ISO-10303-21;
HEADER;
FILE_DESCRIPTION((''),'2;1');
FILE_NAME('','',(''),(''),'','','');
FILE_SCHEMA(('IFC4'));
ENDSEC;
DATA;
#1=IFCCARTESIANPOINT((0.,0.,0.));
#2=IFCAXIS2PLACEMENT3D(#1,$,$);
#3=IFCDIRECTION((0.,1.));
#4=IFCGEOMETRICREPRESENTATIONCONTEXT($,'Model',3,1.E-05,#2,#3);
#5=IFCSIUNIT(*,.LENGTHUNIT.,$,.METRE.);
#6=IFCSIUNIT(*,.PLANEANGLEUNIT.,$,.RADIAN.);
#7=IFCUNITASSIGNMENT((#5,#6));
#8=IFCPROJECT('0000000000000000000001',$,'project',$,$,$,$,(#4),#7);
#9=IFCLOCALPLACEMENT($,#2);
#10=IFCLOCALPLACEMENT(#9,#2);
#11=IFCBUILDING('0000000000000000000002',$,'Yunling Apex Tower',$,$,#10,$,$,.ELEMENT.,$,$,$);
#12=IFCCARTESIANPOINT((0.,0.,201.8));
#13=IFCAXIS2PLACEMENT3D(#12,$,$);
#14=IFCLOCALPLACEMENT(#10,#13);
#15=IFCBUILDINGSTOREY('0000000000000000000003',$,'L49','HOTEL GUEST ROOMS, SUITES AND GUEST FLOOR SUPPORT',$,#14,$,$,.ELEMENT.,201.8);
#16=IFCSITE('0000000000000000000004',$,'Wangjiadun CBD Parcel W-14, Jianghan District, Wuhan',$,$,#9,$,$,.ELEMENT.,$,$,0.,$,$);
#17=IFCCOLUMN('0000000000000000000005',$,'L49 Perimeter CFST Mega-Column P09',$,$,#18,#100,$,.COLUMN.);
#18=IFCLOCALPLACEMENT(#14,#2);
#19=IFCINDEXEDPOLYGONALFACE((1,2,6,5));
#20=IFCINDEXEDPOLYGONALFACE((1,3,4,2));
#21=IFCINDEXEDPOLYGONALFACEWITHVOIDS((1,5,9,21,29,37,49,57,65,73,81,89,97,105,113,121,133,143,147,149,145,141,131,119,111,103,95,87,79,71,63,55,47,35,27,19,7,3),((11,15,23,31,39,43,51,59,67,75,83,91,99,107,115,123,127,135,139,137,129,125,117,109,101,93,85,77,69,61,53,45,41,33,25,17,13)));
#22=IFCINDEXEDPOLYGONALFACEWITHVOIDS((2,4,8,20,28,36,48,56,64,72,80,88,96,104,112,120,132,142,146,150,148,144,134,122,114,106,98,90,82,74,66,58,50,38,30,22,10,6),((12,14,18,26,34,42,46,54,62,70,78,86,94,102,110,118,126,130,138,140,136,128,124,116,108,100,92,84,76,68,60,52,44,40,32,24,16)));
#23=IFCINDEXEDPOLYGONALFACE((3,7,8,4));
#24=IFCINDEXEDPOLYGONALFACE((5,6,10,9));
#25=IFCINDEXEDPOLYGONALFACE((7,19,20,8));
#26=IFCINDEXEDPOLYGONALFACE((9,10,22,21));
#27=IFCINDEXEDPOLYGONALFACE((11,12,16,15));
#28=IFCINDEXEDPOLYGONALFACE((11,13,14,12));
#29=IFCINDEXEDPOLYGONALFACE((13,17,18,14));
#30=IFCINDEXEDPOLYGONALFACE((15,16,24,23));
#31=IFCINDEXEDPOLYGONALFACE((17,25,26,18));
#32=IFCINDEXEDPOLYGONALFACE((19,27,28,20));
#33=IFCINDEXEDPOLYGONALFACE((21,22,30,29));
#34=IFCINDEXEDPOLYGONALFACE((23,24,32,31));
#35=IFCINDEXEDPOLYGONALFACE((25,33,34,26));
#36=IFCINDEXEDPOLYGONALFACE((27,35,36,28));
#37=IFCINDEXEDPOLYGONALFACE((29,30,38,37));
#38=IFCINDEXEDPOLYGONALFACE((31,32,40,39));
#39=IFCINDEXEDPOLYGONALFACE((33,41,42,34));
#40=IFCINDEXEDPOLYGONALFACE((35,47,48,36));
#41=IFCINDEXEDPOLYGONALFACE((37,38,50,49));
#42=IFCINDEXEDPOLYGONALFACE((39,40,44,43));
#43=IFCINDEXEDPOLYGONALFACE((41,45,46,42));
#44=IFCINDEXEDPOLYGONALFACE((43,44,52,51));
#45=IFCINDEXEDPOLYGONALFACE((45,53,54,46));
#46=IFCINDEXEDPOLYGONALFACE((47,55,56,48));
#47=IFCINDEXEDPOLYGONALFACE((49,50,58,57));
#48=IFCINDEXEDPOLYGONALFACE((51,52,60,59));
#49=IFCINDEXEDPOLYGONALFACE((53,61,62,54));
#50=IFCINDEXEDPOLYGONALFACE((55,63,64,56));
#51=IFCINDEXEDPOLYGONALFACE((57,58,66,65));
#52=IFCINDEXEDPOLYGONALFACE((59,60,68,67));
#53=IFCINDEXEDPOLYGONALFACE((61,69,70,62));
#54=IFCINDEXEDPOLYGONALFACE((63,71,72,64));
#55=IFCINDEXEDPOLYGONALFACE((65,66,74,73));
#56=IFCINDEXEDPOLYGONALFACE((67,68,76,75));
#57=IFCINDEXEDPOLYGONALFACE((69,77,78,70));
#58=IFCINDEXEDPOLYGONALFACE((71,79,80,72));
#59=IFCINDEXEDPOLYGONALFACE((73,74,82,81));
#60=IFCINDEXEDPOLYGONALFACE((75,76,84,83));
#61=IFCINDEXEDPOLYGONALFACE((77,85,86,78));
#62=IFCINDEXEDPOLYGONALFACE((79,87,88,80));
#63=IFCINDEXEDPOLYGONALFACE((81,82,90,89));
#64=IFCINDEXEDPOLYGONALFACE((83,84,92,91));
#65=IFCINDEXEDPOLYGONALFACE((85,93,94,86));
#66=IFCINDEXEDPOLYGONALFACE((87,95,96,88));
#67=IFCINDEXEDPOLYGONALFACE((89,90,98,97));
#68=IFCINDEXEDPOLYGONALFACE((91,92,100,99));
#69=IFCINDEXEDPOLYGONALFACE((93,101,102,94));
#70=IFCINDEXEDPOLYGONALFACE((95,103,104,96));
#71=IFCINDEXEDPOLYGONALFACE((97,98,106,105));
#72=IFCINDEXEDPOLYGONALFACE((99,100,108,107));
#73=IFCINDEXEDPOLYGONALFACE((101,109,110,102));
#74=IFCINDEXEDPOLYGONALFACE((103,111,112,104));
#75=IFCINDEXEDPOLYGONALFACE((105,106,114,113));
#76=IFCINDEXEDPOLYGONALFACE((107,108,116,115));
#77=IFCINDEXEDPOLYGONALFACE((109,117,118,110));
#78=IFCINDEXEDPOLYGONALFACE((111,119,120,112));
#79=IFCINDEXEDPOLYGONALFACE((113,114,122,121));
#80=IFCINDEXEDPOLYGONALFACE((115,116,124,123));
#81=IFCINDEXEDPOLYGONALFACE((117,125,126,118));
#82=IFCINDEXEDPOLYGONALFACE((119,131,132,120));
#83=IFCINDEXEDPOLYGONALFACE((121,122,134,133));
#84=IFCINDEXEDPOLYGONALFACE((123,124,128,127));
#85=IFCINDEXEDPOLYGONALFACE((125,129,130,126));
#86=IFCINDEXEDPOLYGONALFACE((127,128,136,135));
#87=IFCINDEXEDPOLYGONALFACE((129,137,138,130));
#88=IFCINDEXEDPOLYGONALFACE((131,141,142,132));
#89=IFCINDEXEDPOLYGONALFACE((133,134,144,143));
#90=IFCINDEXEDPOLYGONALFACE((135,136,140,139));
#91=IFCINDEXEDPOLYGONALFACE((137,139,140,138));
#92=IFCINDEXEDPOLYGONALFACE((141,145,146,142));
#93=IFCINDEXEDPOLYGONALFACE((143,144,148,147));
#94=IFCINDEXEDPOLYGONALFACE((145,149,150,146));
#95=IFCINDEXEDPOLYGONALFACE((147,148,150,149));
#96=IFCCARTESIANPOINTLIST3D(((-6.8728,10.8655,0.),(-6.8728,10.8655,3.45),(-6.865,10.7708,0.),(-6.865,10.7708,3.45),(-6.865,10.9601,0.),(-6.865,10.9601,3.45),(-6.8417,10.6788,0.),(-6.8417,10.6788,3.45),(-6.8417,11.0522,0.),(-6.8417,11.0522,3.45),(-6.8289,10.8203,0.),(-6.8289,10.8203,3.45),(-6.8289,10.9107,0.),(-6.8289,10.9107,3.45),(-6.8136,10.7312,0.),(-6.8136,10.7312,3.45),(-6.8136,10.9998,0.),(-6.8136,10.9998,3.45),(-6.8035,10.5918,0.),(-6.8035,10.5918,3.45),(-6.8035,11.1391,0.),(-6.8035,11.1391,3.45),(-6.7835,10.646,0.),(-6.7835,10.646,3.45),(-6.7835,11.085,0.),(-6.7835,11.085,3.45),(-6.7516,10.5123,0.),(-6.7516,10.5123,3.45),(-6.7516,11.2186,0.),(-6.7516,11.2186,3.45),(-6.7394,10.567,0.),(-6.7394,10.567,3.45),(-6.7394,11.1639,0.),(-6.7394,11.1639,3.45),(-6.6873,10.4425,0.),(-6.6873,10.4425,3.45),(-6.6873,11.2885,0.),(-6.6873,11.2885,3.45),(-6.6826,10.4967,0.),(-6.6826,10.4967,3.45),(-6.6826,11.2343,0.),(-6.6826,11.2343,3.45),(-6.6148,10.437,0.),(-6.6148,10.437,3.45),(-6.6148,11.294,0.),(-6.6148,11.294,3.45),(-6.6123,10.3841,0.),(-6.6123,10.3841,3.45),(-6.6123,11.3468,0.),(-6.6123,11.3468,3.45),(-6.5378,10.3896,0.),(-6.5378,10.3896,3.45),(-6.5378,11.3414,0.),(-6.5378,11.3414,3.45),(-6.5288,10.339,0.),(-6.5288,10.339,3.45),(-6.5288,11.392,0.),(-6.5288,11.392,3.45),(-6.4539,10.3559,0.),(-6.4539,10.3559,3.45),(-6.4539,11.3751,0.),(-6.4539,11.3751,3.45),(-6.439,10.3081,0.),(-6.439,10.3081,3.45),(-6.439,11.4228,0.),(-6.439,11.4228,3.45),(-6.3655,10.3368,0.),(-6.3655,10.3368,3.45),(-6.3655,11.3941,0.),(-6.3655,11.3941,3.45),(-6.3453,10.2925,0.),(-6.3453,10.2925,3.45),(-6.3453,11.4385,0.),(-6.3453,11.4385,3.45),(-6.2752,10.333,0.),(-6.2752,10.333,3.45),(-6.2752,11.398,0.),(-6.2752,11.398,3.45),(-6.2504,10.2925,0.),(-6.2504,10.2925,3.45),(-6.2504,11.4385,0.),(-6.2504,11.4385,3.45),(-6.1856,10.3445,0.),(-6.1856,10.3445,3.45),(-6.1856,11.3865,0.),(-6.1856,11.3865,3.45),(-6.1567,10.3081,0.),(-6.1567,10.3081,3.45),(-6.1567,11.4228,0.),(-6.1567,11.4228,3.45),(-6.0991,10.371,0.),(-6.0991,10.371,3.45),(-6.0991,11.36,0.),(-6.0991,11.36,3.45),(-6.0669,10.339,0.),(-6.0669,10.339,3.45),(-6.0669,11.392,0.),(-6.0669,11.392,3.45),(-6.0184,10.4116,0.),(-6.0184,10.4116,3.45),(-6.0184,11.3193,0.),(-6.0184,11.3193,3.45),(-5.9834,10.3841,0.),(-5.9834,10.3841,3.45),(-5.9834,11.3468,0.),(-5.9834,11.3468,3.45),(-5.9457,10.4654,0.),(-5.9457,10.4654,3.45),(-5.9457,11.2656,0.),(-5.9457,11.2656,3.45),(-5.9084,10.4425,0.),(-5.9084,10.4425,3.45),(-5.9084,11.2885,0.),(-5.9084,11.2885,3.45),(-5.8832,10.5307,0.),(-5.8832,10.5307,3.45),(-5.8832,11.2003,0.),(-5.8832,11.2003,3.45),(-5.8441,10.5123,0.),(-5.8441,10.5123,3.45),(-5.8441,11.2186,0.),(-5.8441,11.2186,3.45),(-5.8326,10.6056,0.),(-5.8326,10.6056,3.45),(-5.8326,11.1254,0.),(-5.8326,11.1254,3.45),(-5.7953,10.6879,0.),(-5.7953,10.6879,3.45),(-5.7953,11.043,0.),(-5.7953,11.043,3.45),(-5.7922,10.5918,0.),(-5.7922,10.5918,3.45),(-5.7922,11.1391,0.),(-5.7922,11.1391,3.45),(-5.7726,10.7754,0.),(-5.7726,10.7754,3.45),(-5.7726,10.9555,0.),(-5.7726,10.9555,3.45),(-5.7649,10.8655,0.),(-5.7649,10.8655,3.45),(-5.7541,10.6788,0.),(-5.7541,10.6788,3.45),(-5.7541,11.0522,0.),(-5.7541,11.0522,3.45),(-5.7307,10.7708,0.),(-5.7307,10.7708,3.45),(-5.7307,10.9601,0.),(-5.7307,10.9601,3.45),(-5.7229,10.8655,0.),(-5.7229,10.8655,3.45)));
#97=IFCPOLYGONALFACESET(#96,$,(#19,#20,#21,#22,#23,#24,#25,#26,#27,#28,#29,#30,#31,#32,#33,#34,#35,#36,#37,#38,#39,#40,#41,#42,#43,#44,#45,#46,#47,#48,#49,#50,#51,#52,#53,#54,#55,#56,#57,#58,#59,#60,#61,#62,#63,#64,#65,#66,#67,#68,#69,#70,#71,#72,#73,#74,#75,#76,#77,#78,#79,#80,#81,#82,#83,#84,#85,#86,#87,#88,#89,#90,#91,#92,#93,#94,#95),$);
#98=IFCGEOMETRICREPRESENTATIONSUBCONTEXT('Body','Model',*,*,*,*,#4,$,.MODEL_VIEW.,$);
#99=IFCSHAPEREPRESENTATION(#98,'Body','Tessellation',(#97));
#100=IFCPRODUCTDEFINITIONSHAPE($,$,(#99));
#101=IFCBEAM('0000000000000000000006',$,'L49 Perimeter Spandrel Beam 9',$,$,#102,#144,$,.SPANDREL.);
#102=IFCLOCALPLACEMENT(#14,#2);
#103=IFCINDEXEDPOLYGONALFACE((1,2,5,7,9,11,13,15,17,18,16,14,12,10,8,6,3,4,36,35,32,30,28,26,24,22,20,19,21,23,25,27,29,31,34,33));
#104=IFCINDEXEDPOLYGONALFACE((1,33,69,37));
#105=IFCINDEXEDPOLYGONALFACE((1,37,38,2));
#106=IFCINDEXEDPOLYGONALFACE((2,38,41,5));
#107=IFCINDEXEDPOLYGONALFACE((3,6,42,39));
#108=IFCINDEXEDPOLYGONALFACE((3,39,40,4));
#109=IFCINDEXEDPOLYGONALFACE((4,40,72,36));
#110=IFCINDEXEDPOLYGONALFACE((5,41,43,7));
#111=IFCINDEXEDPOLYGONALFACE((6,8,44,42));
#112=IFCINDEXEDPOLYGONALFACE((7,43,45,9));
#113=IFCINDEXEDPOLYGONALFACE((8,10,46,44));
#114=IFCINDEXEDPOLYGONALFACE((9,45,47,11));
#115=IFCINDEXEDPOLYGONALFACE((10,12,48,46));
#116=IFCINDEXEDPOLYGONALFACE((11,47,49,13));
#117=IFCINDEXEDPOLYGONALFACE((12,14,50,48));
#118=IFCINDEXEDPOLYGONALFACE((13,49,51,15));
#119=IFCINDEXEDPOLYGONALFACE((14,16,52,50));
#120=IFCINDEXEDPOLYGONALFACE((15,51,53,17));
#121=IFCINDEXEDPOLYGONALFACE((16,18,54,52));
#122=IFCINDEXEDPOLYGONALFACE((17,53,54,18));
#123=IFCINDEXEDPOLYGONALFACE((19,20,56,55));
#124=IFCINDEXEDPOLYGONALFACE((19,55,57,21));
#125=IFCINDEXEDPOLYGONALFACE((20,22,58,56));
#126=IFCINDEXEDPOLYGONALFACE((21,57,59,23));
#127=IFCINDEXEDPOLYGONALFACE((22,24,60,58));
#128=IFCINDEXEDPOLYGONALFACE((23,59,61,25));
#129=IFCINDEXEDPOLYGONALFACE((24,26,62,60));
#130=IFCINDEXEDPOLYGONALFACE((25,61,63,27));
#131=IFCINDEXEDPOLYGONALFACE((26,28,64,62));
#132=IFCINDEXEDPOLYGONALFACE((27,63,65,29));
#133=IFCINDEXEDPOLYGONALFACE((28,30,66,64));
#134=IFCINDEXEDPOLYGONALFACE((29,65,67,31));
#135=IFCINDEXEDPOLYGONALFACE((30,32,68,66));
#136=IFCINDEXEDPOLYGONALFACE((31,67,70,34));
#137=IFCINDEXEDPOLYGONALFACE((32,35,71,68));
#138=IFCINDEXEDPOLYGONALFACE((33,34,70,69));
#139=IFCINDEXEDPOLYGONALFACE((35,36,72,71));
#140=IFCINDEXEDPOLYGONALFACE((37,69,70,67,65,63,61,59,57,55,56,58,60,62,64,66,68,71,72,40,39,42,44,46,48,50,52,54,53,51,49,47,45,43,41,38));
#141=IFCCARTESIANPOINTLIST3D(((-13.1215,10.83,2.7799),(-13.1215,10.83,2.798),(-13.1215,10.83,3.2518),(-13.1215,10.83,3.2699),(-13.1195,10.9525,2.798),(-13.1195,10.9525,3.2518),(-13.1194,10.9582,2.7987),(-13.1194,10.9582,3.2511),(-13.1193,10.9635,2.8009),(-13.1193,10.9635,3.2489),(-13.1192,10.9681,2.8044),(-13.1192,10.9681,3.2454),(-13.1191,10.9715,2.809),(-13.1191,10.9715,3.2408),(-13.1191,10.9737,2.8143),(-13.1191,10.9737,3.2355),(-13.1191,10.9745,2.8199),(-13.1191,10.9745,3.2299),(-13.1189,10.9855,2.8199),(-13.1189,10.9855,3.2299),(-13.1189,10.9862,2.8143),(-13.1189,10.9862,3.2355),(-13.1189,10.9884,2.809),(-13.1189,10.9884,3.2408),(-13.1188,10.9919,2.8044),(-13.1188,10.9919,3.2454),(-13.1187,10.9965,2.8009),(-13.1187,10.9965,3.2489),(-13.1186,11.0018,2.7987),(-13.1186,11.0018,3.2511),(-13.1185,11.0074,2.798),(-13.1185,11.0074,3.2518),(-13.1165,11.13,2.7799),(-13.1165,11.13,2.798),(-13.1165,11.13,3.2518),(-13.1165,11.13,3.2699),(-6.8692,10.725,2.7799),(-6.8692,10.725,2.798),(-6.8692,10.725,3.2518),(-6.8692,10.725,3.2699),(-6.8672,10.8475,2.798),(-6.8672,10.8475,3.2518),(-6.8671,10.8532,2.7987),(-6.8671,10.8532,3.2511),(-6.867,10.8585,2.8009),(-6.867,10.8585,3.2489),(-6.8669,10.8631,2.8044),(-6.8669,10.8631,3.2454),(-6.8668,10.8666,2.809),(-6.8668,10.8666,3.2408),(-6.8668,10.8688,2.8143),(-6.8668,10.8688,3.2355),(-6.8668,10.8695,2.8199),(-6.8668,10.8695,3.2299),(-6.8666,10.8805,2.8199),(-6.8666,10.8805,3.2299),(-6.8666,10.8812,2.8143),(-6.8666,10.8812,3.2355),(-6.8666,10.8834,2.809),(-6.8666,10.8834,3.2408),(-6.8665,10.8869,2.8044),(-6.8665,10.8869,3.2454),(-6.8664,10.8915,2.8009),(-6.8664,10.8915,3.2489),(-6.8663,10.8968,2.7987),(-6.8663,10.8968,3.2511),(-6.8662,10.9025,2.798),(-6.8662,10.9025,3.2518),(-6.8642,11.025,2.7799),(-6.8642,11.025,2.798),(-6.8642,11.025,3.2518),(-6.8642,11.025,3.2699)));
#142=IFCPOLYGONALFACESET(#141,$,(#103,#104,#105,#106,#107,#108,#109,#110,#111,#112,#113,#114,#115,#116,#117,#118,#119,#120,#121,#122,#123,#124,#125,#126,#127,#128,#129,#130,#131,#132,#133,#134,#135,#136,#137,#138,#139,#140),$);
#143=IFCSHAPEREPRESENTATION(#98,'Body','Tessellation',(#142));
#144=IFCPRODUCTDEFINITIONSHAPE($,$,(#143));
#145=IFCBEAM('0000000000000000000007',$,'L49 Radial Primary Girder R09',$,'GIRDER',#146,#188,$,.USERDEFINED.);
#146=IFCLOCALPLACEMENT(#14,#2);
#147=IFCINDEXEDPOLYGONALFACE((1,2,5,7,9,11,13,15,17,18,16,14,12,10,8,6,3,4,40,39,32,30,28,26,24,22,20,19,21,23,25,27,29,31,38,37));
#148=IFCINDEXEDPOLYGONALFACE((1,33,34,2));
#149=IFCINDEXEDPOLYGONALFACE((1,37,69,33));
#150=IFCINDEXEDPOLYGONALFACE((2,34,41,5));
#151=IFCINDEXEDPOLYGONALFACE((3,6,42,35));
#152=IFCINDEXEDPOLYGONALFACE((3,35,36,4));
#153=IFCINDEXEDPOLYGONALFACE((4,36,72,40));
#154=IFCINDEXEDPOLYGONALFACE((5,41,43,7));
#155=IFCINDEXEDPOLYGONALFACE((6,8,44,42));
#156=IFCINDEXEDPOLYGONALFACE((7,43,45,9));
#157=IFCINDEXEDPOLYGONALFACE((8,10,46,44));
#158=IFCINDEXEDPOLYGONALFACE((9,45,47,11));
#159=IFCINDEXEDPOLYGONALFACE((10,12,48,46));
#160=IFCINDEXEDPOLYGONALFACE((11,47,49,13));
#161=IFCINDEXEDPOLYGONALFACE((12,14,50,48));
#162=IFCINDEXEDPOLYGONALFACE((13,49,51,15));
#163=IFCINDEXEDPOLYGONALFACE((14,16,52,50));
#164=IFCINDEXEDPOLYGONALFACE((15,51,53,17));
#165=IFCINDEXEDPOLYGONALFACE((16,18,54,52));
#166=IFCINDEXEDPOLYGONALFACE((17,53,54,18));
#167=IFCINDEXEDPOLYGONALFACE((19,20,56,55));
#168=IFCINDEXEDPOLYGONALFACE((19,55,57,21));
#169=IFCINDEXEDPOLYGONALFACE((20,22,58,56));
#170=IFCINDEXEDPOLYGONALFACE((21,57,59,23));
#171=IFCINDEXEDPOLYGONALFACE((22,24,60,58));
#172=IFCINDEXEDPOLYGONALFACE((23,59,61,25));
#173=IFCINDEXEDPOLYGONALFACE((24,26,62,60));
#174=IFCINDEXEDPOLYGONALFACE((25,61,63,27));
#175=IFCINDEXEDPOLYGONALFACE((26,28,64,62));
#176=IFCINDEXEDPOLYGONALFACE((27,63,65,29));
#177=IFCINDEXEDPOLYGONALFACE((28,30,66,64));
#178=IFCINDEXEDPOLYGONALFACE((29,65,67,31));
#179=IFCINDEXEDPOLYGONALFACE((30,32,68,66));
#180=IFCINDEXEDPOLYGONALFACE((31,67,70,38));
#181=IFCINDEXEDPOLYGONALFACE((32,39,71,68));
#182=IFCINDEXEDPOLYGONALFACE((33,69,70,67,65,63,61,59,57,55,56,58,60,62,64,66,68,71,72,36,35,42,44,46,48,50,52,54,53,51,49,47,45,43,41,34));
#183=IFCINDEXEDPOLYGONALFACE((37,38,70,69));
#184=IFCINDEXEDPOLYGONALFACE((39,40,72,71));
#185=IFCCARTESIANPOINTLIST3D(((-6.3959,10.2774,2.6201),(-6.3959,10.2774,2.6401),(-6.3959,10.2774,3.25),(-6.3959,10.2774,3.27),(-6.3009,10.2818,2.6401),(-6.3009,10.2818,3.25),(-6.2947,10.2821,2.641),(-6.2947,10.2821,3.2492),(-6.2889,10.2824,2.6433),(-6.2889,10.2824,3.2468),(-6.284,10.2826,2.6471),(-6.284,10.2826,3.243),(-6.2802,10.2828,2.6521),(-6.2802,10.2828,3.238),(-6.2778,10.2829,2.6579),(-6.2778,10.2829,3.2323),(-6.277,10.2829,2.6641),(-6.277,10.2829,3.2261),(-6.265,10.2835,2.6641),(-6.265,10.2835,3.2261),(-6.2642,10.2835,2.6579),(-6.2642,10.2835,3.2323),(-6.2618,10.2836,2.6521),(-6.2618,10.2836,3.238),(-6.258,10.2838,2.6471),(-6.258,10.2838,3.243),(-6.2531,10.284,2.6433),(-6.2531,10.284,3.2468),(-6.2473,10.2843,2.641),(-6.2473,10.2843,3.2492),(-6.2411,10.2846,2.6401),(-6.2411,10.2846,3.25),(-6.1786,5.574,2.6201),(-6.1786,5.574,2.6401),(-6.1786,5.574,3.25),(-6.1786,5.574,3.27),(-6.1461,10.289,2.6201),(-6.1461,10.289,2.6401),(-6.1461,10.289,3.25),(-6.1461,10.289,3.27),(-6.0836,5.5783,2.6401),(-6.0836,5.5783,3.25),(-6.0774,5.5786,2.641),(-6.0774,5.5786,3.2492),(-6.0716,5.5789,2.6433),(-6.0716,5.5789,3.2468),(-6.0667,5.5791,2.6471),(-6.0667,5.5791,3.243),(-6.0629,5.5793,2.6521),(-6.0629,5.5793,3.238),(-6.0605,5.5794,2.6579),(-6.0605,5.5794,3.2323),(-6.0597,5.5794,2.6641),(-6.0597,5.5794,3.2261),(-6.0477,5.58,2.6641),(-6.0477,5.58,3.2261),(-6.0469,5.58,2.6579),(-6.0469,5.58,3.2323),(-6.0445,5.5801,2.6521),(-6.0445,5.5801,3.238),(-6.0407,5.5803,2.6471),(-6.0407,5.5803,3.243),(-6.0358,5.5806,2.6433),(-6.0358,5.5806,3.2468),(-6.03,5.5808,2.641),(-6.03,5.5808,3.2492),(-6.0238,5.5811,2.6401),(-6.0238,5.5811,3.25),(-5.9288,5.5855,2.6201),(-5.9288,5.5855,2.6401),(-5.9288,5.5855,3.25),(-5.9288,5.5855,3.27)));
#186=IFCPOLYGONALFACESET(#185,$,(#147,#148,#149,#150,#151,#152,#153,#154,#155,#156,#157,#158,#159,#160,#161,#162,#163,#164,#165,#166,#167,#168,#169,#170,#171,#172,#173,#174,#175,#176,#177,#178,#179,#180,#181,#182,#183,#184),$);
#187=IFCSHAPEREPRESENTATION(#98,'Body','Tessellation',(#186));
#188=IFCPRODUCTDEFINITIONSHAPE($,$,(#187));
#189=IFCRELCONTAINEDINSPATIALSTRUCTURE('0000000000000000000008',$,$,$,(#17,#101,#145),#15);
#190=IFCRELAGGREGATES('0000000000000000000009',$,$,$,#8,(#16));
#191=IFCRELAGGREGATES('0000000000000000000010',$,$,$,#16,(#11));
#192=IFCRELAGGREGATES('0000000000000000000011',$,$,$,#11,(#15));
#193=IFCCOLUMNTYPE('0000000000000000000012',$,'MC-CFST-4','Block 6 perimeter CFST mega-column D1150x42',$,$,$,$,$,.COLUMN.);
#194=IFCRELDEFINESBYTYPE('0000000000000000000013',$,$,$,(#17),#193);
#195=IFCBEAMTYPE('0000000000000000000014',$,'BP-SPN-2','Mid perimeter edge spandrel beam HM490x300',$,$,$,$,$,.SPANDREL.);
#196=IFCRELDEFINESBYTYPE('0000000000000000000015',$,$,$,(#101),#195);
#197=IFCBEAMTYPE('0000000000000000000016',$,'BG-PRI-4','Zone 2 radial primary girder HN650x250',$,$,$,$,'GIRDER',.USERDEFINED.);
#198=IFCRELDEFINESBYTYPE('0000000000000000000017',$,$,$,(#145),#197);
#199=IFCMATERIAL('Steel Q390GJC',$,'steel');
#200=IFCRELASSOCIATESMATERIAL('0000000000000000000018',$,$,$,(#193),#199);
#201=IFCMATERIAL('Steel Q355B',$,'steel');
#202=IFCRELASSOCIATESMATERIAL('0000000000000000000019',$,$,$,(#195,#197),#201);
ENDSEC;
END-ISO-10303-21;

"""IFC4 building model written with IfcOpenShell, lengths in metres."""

from ifc_helpers import new_model, si_unit, direction, frame, origin, origin_2d, place, context, subcontext, project, spatial, hollow_circle, i_section, extrude, source, transform, mapped, material, material_profile, profile_set, type_object, element, save


model = new_model("IFC4")

# Units and contexts
model_context = context("Model", 3, precision=1e-05, world=origin(), true_north=direction((0.0, 1.0)))
body_context = subcontext(model_context, "Body", "Model", "MODEL_VIEW")
ifc_project = project(units=[si_unit("LENGTHUNIT", "METRE"), si_unit("PLANEANGLEUNIT", "RADIAN")], contexts=[model_context])

# Site, building, storey
site_placement = place(None, origin())
site = spatial("IfcSite", under=ifc_project, at=site_placement, Name="Wangjiadun CBD Parcel W-14, Jianghan District, Wuhan", CompositionType="ELEMENT", RefElevation=0.0)
building_placement = place(site_placement, origin())
building = spatial("IfcBuilding", under=site, at=building_placement, Name="Yunling Apex Tower", CompositionType="ELEMENT")
storey_placement = place(building_placement, frame((0.0, 0.0, 201.8)))
storey = spatial("IfcBuildingStorey", under=building, at=storey_placement, Name="L49", Description="HOTEL GUEST ROOMS, SUITES AND GUEST FLOOR SUPPORT", CompositionType="ELEMENT", Elevation=201.8)

# Column
ifc_material_1 = material(Name="Steel Q390GJC", Category="steel")
ifc_material_profile_1 = material_profile(ifc_material_1, hollow_circle(Radius=0.575, WallThickness=0.042, at=origin_2d()))
ifc_profile_set_1 = profile_set([ifc_material_profile_1], Name="Steel Q390GJC")
column_type = type_object("IfcColumnType", Name="MC-CFST-4", Description="Block 6 perimeter CFST mega-column D1150x42", PredefinedType="COLUMN", material=ifc_profile_set_1)
shared_shape_1 = source(origin(), body_context, "Body", "SweptSolid", [
    extrude(hollow_circle(Radius=0.575, WallThickness=0.042, at=origin_2d()), origin(), (0.0, 0.0, 1.0), 3.45),
])
column_placement = place(storey_placement, frame((-6.2979, 10.8655, 0.0), z_axis=(0.0, 0.0, 1.0), x_axis=(1.0, 0.0, 0.0)))
element("IfcColumn", 1, at=column_placement, inside=storey, type_object=column_type, Name="L49 Perimeter CFST Mega-Column P09", PredefinedType="COLUMN", context=body_context, shape_type="MappedRepresentation", body=[
    mapped(shared_shape_1, transform((0.0, 0.0, 0.0), scale=1.0)),
])

# Beams
ifc_material_2 = material(Name="Steel Q355B", Category="steel")
ifc_material_profile_2 = material_profile(ifc_material_2, i_section(OverallWidth=0.3, OverallDepth=0.49, WebThickness=0.011, FlangeThickness=0.0181, FilletRadius=0.022, at=origin_2d()))
ifc_profile_set_2 = profile_set([ifc_material_profile_2], Name="Steel Q355B")
beam_type_1 = type_object("IfcBeamType", Name="BP-SPN-2", Description="Mid perimeter edge spandrel beam HM490x300", PredefinedType="SPANDREL", material=ifc_profile_set_2)
shared_shape_2 = source(origin(), body_context, "Body", "SweptSolid", [
    extrude(i_section(OverallWidth=0.3, OverallDepth=0.49, WebThickness=0.011, FlangeThickness=0.0181, FilletRadius=0.022, at=origin_2d()), origin(), (0.0, 0.0, 1.0), 6.2532),
])
beam_1_placement = place(storey_placement, frame((-6.8667, 10.875, 3.0249), z_axis=(-0.999859, 0.016789, 0.0), x_axis=(-0.016789, -0.999859, 0.0)))
element("IfcBeam", 2, at=beam_1_placement, inside=storey, type_object=beam_type_1, Name="L49 Perimeter Spandrel Beam 9", PredefinedType="SPANDREL", context=body_context, shape_type="MappedRepresentation", body=[
    mapped(shared_shape_2, transform((0.0, 0.0, 0.0), scale=1.0)),
])
ifc_material_profile_3 = material_profile(ifc_material_2, i_section(OverallWidth=0.25, OverallDepth=0.6499, WebThickness=0.012, FlangeThickness=0.02, FilletRadius=0.0239, at=origin_2d()))
ifc_profile_set_3 = profile_set([ifc_material_profile_3], Name="Steel Q355B")
beam_type_2 = type_object("IfcBeamType", Name="BG-PRI-4", Description="Zone 2 radial primary girder HN650x250", ElementType="GIRDER", PredefinedType="USERDEFINED", material=ifc_profile_set_3)
shared_shape_3 = source(origin(), body_context, "Body", "SweptSolid", [
    extrude(i_section(OverallWidth=0.25, OverallDepth=0.6499, WebThickness=0.012, FlangeThickness=0.02, FilletRadius=0.0239, at=origin_2d()), origin(), (0.0, 0.0, 1.0), 4.7085),
])
beam_2_placement = place(storey_placement, frame((-6.271, 10.2832, 2.9451), z_axis=(0.046149, -0.998935, 0.0), x_axis=(0.998935, 0.046149, 0.0)))
element("IfcBeam", 3, at=beam_2_placement, inside=storey, type_object=beam_type_2, Name="L49 Radial Primary Girder R09", ObjectType="GIRDER", PredefinedType="USERDEFINED", context=body_context, shape_type="MappedRepresentation", body=[
    mapped(shared_shape_3, transform((0.0, 0.0, 0.0), scale=1.0)),
])

save(model, "model.ifc")
